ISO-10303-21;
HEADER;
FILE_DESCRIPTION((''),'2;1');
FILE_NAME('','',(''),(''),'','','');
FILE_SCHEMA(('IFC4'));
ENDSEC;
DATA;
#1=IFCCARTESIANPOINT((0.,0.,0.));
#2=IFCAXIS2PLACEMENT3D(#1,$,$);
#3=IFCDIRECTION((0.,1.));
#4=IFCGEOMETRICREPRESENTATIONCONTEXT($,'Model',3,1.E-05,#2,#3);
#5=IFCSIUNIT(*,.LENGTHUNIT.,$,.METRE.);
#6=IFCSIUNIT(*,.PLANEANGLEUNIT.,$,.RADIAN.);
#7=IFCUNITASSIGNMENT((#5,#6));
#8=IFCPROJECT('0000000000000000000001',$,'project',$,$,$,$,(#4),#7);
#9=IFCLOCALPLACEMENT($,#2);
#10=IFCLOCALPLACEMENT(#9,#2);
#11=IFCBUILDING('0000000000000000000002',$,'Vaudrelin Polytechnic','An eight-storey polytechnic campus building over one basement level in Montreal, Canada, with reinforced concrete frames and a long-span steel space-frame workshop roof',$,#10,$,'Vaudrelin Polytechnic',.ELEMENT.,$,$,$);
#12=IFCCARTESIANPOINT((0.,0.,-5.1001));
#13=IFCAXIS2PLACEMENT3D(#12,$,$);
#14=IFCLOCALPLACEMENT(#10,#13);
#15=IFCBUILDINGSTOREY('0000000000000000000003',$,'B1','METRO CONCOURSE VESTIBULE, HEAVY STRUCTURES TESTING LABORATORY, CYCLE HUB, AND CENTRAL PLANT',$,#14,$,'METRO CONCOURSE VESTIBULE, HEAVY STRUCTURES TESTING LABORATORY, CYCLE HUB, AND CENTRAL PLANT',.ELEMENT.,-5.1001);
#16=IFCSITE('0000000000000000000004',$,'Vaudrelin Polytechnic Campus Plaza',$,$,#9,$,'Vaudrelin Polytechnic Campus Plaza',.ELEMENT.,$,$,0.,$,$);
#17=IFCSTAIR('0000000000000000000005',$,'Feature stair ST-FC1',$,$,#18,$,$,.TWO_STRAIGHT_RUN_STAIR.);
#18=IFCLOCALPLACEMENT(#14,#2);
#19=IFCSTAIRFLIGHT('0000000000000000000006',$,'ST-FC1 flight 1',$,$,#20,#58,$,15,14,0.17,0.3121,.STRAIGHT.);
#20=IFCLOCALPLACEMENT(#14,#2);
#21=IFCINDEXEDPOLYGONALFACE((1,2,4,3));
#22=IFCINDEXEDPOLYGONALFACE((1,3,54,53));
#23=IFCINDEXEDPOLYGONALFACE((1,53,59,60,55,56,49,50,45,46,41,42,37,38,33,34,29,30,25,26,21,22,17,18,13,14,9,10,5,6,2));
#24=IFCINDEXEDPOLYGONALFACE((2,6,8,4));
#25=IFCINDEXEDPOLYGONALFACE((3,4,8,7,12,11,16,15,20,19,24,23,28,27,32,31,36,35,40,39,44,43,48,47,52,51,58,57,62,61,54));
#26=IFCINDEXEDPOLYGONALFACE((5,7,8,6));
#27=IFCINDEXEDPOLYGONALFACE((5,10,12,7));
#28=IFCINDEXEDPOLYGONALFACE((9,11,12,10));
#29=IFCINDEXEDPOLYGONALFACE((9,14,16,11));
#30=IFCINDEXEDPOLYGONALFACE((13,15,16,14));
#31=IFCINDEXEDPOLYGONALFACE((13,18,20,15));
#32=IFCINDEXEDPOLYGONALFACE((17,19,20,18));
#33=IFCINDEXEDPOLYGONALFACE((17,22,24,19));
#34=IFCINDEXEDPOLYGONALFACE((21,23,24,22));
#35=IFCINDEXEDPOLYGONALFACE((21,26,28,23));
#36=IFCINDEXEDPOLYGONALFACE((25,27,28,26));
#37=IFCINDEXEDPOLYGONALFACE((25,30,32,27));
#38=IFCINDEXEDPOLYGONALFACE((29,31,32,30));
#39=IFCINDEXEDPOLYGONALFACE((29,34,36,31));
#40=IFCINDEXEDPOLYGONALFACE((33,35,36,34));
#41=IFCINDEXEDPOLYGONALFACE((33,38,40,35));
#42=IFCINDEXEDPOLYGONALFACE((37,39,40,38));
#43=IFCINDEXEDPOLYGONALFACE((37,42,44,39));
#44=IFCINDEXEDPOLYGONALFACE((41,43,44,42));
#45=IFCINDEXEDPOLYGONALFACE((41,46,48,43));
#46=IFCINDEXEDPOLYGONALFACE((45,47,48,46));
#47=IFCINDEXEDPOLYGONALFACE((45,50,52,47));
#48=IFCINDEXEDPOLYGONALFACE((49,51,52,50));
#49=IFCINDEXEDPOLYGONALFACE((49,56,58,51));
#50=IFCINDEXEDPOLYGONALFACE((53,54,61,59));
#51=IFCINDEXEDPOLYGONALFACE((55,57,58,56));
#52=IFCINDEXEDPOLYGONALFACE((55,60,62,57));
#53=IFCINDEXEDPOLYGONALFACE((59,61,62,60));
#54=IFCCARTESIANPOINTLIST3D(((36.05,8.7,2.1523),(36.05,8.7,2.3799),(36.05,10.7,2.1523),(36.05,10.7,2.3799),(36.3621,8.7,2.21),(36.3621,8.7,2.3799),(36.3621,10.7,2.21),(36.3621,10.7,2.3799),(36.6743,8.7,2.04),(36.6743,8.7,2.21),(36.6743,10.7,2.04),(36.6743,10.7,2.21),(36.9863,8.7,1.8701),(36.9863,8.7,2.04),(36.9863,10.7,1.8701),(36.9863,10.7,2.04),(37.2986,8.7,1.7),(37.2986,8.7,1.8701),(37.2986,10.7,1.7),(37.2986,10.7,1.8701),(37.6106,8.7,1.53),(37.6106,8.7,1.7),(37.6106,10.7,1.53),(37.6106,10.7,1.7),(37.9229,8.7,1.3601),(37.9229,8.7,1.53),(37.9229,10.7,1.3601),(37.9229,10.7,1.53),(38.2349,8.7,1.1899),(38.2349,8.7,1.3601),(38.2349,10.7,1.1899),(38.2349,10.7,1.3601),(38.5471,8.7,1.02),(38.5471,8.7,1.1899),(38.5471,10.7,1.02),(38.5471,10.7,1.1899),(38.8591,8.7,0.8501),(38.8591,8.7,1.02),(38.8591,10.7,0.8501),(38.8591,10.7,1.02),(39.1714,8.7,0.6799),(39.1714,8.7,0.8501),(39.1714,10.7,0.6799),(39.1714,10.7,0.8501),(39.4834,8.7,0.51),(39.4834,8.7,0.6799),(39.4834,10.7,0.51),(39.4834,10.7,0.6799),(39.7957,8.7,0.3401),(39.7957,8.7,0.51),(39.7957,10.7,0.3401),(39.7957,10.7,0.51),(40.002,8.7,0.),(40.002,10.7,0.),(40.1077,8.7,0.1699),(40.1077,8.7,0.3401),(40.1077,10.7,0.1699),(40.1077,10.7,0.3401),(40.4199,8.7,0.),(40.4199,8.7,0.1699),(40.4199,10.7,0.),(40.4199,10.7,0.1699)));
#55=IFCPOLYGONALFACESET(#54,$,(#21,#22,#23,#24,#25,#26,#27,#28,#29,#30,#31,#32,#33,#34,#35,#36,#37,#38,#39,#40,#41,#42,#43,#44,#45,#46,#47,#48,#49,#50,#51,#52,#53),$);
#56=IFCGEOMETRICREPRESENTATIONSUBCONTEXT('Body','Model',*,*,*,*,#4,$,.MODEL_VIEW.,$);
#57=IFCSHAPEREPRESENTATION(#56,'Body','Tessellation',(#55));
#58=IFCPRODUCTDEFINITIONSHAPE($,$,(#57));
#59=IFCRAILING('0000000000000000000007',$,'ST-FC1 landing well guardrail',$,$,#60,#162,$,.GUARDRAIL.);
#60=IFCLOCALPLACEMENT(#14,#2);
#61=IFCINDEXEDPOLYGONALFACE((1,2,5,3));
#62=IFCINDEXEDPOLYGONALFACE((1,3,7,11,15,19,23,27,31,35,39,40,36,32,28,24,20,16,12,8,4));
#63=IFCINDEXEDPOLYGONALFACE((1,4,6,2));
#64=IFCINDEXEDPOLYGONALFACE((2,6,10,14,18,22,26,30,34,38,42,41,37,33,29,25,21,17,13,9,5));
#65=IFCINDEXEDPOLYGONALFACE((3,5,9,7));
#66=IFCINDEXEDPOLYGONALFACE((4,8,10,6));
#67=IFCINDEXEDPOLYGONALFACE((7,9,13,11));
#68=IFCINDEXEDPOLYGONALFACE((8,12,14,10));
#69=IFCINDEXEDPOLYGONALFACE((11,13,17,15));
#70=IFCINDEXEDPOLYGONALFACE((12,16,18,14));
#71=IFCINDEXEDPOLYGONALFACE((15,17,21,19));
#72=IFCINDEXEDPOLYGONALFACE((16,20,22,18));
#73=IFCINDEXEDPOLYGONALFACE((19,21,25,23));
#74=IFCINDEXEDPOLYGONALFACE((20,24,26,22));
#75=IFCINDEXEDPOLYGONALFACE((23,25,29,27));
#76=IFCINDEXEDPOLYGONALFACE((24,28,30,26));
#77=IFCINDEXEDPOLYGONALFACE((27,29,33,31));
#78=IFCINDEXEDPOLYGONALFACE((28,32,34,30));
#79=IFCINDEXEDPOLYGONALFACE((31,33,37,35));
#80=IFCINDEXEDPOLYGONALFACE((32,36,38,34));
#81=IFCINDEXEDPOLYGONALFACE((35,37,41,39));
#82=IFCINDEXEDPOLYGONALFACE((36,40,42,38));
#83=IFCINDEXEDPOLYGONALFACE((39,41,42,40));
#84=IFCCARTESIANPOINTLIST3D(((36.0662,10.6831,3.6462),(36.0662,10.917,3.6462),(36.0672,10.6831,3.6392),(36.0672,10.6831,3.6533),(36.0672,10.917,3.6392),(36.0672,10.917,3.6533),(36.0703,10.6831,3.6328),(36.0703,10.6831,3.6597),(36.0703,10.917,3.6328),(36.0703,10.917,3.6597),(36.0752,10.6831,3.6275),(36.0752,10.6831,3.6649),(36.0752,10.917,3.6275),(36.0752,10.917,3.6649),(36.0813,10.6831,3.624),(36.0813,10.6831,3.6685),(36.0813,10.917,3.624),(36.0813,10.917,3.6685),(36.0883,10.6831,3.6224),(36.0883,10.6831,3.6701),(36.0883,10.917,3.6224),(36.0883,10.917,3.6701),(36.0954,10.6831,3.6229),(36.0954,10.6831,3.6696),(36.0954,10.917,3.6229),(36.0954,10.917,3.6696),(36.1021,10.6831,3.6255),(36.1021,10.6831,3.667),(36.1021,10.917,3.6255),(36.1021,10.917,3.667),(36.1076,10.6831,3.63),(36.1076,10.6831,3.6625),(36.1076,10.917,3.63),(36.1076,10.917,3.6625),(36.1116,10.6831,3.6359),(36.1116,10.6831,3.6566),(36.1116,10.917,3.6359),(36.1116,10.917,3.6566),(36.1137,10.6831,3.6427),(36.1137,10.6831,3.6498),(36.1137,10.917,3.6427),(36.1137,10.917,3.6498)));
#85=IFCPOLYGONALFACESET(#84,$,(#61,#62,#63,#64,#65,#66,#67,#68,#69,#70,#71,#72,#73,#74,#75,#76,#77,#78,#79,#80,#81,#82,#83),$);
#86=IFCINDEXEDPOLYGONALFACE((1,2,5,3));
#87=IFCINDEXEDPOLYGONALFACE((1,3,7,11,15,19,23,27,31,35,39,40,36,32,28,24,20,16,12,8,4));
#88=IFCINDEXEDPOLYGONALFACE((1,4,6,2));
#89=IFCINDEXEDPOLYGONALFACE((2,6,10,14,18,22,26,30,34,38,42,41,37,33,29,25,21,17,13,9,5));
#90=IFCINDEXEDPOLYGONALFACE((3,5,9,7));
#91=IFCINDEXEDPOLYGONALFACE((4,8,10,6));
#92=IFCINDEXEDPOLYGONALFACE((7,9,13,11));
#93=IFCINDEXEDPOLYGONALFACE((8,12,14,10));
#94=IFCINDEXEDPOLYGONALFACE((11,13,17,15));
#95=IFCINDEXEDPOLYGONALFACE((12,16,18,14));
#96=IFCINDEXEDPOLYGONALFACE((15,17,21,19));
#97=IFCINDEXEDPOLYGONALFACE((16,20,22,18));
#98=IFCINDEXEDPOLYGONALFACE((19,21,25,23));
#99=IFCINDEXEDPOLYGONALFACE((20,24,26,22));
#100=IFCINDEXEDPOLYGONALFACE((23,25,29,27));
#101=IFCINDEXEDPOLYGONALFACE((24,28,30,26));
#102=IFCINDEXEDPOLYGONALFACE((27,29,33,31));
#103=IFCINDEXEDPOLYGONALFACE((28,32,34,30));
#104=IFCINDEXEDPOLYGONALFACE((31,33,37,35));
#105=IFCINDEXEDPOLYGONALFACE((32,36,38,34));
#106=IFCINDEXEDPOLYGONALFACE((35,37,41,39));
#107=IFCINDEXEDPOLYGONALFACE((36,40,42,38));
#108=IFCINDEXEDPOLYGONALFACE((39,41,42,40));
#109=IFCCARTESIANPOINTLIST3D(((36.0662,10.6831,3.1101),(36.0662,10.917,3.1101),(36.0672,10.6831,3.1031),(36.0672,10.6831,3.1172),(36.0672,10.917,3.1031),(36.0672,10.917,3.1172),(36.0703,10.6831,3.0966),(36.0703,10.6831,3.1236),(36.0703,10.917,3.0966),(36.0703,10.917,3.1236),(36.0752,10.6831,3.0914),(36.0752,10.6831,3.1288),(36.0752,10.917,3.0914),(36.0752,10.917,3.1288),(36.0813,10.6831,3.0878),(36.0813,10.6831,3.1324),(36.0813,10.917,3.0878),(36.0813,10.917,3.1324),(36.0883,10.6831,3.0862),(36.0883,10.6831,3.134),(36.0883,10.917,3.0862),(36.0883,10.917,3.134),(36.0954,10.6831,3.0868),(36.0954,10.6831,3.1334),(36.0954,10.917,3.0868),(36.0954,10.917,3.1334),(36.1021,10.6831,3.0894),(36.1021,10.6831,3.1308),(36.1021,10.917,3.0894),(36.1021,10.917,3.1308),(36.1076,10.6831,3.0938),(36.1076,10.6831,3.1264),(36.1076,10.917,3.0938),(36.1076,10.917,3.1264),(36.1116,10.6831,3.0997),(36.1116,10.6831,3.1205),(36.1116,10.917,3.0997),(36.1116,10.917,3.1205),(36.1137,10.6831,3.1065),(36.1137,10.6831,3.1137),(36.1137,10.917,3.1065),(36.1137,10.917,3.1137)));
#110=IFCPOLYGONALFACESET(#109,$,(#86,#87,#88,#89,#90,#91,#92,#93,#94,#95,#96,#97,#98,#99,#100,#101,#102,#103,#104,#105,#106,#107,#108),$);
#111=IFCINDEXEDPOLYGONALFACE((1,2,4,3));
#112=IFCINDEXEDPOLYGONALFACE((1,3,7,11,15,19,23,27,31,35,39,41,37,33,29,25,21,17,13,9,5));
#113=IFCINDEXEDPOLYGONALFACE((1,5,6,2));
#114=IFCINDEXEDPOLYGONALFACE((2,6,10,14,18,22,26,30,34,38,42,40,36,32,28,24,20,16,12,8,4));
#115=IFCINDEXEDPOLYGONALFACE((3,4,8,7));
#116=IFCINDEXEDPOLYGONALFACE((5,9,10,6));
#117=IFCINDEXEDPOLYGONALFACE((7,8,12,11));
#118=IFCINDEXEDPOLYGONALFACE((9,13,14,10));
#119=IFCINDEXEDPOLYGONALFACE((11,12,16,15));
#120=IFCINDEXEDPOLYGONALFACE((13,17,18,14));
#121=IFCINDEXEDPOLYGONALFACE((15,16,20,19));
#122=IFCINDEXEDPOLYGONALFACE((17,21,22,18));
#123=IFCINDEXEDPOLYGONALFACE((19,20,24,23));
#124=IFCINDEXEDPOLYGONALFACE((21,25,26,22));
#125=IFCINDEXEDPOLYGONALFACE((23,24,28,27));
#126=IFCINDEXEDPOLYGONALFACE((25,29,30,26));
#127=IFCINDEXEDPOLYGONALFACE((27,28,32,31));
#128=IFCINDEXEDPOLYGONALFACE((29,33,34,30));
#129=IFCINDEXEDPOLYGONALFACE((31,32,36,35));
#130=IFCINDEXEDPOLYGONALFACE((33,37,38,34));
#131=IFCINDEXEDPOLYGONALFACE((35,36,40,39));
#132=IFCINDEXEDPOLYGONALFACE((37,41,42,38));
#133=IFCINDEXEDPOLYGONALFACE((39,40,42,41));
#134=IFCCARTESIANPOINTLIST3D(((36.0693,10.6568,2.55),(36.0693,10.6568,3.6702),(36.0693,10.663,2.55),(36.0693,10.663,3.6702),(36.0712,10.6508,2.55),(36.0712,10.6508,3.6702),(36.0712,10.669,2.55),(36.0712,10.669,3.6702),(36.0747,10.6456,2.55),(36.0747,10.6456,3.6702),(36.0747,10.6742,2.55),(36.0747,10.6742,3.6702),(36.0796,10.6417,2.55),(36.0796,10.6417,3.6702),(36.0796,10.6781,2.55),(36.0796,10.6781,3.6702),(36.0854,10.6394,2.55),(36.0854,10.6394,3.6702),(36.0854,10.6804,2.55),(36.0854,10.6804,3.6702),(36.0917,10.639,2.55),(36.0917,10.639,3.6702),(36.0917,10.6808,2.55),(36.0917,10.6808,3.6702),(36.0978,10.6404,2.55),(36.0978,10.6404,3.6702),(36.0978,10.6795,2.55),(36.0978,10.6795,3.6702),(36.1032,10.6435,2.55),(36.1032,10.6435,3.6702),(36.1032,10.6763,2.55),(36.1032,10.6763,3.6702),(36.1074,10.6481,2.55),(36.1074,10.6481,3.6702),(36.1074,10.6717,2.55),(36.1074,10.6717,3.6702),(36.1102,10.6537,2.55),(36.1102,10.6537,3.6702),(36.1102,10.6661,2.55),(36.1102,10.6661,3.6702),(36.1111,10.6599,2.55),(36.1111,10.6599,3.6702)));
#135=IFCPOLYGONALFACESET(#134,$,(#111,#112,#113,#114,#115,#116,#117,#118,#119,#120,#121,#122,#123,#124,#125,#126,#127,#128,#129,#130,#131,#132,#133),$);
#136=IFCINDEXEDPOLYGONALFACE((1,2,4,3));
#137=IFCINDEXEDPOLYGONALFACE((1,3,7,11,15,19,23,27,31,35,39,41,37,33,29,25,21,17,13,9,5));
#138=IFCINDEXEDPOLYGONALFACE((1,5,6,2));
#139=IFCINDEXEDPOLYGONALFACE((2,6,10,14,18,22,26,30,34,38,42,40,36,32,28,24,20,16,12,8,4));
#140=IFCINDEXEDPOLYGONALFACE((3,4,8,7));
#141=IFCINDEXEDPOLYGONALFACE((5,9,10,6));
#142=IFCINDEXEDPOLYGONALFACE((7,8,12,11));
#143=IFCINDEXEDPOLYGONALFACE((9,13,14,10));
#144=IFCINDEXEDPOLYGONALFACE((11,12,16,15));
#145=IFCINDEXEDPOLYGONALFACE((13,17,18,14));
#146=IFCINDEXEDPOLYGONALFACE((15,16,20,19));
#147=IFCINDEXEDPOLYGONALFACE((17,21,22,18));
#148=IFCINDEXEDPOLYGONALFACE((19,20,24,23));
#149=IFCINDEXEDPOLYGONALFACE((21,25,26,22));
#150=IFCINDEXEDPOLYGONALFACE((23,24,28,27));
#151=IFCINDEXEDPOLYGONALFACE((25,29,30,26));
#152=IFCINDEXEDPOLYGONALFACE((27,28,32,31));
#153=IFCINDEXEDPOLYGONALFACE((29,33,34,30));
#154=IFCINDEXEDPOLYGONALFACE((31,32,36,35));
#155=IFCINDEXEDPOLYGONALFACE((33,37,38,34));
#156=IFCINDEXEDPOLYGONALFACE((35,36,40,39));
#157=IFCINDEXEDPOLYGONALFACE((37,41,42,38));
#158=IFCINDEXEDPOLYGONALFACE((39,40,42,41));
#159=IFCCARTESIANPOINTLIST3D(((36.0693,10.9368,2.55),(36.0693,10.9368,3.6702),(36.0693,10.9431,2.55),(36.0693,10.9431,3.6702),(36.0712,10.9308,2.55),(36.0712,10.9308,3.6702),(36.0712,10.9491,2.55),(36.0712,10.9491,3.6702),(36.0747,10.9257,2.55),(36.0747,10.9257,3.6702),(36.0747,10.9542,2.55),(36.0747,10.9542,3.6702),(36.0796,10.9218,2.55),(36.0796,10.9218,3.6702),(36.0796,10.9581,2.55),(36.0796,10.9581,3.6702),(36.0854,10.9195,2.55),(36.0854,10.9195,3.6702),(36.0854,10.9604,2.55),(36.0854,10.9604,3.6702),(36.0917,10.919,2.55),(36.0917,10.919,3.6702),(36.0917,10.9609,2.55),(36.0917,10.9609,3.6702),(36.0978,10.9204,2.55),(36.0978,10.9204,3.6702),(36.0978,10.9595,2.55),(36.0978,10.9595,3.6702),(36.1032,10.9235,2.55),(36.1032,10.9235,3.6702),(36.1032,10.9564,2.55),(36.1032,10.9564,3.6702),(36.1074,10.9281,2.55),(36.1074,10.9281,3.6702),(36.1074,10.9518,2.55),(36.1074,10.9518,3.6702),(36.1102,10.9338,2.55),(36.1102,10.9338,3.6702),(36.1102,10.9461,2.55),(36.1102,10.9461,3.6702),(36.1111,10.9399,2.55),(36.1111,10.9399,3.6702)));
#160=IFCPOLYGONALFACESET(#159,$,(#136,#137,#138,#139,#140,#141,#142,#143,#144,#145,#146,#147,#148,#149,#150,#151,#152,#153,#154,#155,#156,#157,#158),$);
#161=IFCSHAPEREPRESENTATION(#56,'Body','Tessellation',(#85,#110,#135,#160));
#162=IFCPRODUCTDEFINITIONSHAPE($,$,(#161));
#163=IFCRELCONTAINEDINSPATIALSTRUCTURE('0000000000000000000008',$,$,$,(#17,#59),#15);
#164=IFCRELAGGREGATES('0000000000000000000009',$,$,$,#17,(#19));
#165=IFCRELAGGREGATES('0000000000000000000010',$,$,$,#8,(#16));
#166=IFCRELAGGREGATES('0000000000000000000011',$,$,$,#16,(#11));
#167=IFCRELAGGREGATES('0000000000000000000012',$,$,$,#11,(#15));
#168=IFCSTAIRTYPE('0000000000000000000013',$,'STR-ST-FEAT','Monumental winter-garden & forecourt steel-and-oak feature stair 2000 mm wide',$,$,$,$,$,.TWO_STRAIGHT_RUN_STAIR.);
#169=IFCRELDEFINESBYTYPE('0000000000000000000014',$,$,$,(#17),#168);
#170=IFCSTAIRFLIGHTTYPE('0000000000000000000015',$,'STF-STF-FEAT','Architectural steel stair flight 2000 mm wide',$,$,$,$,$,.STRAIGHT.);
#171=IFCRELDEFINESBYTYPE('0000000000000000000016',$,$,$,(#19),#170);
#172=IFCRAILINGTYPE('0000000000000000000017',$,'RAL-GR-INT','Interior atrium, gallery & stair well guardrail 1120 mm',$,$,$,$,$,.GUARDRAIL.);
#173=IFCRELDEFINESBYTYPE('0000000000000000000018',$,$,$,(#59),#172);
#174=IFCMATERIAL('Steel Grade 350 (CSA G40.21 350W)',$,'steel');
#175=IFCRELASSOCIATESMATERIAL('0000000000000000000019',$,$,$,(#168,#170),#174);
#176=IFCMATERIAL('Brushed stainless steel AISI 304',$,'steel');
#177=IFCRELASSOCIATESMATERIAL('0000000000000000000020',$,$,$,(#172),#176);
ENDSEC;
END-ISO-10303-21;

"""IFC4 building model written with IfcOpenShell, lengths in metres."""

from ifc_helpers import new_model, si_unit, direction, frame, origin, origin_2d, place, context, subcontext, project, spatial, polyline, circle, outline, extrude, material, type_object, element, aggregate, save


model = new_model("IFC4")

# Units and contexts
model_context = context("Model", 3, precision=1e-05, world=origin(), true_north=direction((0.0, 1.0)))
body_context = subcontext(model_context, "Body", "Model", "MODEL_VIEW")
ifc_project = project(units=[si_unit("LENGTHUNIT", "METRE"), si_unit("PLANEANGLEUNIT", "RADIAN")], contexts=[model_context])

# Site, building, storey
site_placement = place(None, origin())
site = spatial("IfcSite", under=ifc_project, at=site_placement, Name="Vaudrelin Polytechnic Campus Plaza", LongName="Vaudrelin Polytechnic Campus Plaza", CompositionType="ELEMENT", RefElevation=0.0)
building_placement = place(site_placement, origin())
building = spatial("IfcBuilding", under=site, at=building_placement, Name="Vaudrelin Polytechnic", Description="An eight-storey polytechnic campus building over one basement level in Montreal, Canada, with reinforced concrete frames and a long-span steel space-frame workshop roof", LongName="Vaudrelin Polytechnic", CompositionType="ELEMENT")
storey_placement = place(building_placement, frame((0.0, 0.0, -5.1001)))
storey = spatial("IfcBuildingStorey", under=building, at=storey_placement, Name="B1", Description="METRO CONCOURSE VESTIBULE, HEAVY STRUCTURES TESTING LABORATORY, CYCLE HUB, AND CENTRAL PLANT", LongName="METRO CONCOURSE VESTIBULE, HEAVY STRUCTURES TESTING LABORATORY, CYCLE HUB, AND CENTRAL PLANT", CompositionType="ELEMENT", Elevation=-5.1001)

# Stair, stair flight
ifc_material_1 = material(Name="Steel Grade 350 (CSA G40.21 350W)", Category="steel")
stair_type = type_object("IfcStairType", Name="STR-ST-FEAT", Description="Monumental winter-garden & forecourt steel-and-oak feature stair 2000 mm wide", PredefinedType="TWO_STRAIGHT_RUN_STAIR", material=ifc_material_1)
stair_placement = place(storey_placement, origin())
stair = element("IfcStair", 1, at=stair_placement, inside=storey, type_object=stair_type, Name="Feature stair ST-FC1", PredefinedType="TWO_STRAIGHT_RUN_STAIR")
stair_flight_type = type_object("IfcStairFlightType", Name="STF-STF-FEAT", Description="Architectural steel stair flight 2000 mm wide", PredefinedType="STRAIGHT", material=ifc_material_1)
stair_flight_placement = place(storey_placement, frame((40.4199, 9.7, 0.0), z_axis=(0.0, 0.0, 1.0), x_axis=(-1.0, 0.0, 0.0)))
stair_flight = element("IfcStairFlight", 2, at=stair_flight_placement, type_object=stair_flight_type, Name="ST-FC1 flight 1", NumberOfRisers=15, NumberOfTreads=14, PredefinedType="STRAIGHT", RiserHeight=0.17, TreadLength=0.3121, context=body_context, shape_type="SweptSolid", body=[
    extrude(outline(polyline([(0.0, 0.0), (0.0, 0.1699), (0.3123, 0.1699), (0.3123, 0.3401), (0.6243, 0.3401), (0.6243, 0.51), (0.9365, 0.51), (0.9365, 0.6799), (1.2485, 0.6799), (1.2485, 0.8501), (1.5608, 0.8501), (1.5608, 1.02), (1.8728, 1.02), (1.8728, 1.1899), (2.1851, 1.1899), (2.1851, 1.3601), (2.4971, 1.3601), (2.4971, 1.53), (2.8093, 1.53), (2.8093, 1.7), (3.1213, 1.7), (3.1213, 1.8701), (3.4336, 1.8701), (3.4336, 2.04), (3.7456, 2.04), (3.7456, 2.21), (4.0579, 2.21), (4.0579, 2.3799), (4.3699, 2.3799), (4.3699, 2.55), (4.3699, 2.1523), (0.418, 0.0), (0.0, 0.0)])), frame((0.0, 1.0, 0.0), z_axis=(0.0, -1.0, 0.0), x_axis=(1.0, 0.0, 0.0)), (0.0, 0.0, 1.0), 2.0),
])
aggregate(stair, [stair_flight])

# Railing
ifc_material_2 = material(Name="Brushed stainless steel AISI 304", Category="steel")
railing_type_1 = type_object("IfcRailingType", Name="RAL-GR-INT", Description="Interior atrium, gallery & stair well guardrail 1120 mm", PredefinedType="GUARDRAIL", material=ifc_material_2)
railing_1_placement = place(storey_placement, frame((36.0901, 10.6599, 2.55)))
element("IfcRailing", 3, at=railing_1_placement, inside=storey, type_object=railing_type_1, Name="ST-FC1 landing well guardrail", PredefinedType="GUARDRAIL", context=body_context, shape_type="SweptSolid", body=[
    extrude(circle(Radius=0.0239, at=origin_2d()), frame((0.0, 0.0232, 1.0962), z_axis=(0.0, 1.0, 0.0), x_axis=(-1.0, 0.0, 0.0)), (0.0, 0.0, 1.0), 0.2339),
    extrude(circle(Radius=0.0239, at=origin_2d()), frame((0.0, 0.0232, 0.5601), z_axis=(0.0, 1.0, 0.0), x_axis=(-1.0, 0.0, 0.0)), (0.0, 0.0, 1.0), 0.2339),
    extrude(circle(Radius=0.021, at=origin_2d()), origin(), (0.0, 0.0, 1.0), 1.1201),
    extrude(circle(Radius=0.021, at=origin_2d()), frame((0.0, 0.28, 0.0)), (0.0, 0.0, 1.0), 1.1201),
])

save(model, "model.ifc")
